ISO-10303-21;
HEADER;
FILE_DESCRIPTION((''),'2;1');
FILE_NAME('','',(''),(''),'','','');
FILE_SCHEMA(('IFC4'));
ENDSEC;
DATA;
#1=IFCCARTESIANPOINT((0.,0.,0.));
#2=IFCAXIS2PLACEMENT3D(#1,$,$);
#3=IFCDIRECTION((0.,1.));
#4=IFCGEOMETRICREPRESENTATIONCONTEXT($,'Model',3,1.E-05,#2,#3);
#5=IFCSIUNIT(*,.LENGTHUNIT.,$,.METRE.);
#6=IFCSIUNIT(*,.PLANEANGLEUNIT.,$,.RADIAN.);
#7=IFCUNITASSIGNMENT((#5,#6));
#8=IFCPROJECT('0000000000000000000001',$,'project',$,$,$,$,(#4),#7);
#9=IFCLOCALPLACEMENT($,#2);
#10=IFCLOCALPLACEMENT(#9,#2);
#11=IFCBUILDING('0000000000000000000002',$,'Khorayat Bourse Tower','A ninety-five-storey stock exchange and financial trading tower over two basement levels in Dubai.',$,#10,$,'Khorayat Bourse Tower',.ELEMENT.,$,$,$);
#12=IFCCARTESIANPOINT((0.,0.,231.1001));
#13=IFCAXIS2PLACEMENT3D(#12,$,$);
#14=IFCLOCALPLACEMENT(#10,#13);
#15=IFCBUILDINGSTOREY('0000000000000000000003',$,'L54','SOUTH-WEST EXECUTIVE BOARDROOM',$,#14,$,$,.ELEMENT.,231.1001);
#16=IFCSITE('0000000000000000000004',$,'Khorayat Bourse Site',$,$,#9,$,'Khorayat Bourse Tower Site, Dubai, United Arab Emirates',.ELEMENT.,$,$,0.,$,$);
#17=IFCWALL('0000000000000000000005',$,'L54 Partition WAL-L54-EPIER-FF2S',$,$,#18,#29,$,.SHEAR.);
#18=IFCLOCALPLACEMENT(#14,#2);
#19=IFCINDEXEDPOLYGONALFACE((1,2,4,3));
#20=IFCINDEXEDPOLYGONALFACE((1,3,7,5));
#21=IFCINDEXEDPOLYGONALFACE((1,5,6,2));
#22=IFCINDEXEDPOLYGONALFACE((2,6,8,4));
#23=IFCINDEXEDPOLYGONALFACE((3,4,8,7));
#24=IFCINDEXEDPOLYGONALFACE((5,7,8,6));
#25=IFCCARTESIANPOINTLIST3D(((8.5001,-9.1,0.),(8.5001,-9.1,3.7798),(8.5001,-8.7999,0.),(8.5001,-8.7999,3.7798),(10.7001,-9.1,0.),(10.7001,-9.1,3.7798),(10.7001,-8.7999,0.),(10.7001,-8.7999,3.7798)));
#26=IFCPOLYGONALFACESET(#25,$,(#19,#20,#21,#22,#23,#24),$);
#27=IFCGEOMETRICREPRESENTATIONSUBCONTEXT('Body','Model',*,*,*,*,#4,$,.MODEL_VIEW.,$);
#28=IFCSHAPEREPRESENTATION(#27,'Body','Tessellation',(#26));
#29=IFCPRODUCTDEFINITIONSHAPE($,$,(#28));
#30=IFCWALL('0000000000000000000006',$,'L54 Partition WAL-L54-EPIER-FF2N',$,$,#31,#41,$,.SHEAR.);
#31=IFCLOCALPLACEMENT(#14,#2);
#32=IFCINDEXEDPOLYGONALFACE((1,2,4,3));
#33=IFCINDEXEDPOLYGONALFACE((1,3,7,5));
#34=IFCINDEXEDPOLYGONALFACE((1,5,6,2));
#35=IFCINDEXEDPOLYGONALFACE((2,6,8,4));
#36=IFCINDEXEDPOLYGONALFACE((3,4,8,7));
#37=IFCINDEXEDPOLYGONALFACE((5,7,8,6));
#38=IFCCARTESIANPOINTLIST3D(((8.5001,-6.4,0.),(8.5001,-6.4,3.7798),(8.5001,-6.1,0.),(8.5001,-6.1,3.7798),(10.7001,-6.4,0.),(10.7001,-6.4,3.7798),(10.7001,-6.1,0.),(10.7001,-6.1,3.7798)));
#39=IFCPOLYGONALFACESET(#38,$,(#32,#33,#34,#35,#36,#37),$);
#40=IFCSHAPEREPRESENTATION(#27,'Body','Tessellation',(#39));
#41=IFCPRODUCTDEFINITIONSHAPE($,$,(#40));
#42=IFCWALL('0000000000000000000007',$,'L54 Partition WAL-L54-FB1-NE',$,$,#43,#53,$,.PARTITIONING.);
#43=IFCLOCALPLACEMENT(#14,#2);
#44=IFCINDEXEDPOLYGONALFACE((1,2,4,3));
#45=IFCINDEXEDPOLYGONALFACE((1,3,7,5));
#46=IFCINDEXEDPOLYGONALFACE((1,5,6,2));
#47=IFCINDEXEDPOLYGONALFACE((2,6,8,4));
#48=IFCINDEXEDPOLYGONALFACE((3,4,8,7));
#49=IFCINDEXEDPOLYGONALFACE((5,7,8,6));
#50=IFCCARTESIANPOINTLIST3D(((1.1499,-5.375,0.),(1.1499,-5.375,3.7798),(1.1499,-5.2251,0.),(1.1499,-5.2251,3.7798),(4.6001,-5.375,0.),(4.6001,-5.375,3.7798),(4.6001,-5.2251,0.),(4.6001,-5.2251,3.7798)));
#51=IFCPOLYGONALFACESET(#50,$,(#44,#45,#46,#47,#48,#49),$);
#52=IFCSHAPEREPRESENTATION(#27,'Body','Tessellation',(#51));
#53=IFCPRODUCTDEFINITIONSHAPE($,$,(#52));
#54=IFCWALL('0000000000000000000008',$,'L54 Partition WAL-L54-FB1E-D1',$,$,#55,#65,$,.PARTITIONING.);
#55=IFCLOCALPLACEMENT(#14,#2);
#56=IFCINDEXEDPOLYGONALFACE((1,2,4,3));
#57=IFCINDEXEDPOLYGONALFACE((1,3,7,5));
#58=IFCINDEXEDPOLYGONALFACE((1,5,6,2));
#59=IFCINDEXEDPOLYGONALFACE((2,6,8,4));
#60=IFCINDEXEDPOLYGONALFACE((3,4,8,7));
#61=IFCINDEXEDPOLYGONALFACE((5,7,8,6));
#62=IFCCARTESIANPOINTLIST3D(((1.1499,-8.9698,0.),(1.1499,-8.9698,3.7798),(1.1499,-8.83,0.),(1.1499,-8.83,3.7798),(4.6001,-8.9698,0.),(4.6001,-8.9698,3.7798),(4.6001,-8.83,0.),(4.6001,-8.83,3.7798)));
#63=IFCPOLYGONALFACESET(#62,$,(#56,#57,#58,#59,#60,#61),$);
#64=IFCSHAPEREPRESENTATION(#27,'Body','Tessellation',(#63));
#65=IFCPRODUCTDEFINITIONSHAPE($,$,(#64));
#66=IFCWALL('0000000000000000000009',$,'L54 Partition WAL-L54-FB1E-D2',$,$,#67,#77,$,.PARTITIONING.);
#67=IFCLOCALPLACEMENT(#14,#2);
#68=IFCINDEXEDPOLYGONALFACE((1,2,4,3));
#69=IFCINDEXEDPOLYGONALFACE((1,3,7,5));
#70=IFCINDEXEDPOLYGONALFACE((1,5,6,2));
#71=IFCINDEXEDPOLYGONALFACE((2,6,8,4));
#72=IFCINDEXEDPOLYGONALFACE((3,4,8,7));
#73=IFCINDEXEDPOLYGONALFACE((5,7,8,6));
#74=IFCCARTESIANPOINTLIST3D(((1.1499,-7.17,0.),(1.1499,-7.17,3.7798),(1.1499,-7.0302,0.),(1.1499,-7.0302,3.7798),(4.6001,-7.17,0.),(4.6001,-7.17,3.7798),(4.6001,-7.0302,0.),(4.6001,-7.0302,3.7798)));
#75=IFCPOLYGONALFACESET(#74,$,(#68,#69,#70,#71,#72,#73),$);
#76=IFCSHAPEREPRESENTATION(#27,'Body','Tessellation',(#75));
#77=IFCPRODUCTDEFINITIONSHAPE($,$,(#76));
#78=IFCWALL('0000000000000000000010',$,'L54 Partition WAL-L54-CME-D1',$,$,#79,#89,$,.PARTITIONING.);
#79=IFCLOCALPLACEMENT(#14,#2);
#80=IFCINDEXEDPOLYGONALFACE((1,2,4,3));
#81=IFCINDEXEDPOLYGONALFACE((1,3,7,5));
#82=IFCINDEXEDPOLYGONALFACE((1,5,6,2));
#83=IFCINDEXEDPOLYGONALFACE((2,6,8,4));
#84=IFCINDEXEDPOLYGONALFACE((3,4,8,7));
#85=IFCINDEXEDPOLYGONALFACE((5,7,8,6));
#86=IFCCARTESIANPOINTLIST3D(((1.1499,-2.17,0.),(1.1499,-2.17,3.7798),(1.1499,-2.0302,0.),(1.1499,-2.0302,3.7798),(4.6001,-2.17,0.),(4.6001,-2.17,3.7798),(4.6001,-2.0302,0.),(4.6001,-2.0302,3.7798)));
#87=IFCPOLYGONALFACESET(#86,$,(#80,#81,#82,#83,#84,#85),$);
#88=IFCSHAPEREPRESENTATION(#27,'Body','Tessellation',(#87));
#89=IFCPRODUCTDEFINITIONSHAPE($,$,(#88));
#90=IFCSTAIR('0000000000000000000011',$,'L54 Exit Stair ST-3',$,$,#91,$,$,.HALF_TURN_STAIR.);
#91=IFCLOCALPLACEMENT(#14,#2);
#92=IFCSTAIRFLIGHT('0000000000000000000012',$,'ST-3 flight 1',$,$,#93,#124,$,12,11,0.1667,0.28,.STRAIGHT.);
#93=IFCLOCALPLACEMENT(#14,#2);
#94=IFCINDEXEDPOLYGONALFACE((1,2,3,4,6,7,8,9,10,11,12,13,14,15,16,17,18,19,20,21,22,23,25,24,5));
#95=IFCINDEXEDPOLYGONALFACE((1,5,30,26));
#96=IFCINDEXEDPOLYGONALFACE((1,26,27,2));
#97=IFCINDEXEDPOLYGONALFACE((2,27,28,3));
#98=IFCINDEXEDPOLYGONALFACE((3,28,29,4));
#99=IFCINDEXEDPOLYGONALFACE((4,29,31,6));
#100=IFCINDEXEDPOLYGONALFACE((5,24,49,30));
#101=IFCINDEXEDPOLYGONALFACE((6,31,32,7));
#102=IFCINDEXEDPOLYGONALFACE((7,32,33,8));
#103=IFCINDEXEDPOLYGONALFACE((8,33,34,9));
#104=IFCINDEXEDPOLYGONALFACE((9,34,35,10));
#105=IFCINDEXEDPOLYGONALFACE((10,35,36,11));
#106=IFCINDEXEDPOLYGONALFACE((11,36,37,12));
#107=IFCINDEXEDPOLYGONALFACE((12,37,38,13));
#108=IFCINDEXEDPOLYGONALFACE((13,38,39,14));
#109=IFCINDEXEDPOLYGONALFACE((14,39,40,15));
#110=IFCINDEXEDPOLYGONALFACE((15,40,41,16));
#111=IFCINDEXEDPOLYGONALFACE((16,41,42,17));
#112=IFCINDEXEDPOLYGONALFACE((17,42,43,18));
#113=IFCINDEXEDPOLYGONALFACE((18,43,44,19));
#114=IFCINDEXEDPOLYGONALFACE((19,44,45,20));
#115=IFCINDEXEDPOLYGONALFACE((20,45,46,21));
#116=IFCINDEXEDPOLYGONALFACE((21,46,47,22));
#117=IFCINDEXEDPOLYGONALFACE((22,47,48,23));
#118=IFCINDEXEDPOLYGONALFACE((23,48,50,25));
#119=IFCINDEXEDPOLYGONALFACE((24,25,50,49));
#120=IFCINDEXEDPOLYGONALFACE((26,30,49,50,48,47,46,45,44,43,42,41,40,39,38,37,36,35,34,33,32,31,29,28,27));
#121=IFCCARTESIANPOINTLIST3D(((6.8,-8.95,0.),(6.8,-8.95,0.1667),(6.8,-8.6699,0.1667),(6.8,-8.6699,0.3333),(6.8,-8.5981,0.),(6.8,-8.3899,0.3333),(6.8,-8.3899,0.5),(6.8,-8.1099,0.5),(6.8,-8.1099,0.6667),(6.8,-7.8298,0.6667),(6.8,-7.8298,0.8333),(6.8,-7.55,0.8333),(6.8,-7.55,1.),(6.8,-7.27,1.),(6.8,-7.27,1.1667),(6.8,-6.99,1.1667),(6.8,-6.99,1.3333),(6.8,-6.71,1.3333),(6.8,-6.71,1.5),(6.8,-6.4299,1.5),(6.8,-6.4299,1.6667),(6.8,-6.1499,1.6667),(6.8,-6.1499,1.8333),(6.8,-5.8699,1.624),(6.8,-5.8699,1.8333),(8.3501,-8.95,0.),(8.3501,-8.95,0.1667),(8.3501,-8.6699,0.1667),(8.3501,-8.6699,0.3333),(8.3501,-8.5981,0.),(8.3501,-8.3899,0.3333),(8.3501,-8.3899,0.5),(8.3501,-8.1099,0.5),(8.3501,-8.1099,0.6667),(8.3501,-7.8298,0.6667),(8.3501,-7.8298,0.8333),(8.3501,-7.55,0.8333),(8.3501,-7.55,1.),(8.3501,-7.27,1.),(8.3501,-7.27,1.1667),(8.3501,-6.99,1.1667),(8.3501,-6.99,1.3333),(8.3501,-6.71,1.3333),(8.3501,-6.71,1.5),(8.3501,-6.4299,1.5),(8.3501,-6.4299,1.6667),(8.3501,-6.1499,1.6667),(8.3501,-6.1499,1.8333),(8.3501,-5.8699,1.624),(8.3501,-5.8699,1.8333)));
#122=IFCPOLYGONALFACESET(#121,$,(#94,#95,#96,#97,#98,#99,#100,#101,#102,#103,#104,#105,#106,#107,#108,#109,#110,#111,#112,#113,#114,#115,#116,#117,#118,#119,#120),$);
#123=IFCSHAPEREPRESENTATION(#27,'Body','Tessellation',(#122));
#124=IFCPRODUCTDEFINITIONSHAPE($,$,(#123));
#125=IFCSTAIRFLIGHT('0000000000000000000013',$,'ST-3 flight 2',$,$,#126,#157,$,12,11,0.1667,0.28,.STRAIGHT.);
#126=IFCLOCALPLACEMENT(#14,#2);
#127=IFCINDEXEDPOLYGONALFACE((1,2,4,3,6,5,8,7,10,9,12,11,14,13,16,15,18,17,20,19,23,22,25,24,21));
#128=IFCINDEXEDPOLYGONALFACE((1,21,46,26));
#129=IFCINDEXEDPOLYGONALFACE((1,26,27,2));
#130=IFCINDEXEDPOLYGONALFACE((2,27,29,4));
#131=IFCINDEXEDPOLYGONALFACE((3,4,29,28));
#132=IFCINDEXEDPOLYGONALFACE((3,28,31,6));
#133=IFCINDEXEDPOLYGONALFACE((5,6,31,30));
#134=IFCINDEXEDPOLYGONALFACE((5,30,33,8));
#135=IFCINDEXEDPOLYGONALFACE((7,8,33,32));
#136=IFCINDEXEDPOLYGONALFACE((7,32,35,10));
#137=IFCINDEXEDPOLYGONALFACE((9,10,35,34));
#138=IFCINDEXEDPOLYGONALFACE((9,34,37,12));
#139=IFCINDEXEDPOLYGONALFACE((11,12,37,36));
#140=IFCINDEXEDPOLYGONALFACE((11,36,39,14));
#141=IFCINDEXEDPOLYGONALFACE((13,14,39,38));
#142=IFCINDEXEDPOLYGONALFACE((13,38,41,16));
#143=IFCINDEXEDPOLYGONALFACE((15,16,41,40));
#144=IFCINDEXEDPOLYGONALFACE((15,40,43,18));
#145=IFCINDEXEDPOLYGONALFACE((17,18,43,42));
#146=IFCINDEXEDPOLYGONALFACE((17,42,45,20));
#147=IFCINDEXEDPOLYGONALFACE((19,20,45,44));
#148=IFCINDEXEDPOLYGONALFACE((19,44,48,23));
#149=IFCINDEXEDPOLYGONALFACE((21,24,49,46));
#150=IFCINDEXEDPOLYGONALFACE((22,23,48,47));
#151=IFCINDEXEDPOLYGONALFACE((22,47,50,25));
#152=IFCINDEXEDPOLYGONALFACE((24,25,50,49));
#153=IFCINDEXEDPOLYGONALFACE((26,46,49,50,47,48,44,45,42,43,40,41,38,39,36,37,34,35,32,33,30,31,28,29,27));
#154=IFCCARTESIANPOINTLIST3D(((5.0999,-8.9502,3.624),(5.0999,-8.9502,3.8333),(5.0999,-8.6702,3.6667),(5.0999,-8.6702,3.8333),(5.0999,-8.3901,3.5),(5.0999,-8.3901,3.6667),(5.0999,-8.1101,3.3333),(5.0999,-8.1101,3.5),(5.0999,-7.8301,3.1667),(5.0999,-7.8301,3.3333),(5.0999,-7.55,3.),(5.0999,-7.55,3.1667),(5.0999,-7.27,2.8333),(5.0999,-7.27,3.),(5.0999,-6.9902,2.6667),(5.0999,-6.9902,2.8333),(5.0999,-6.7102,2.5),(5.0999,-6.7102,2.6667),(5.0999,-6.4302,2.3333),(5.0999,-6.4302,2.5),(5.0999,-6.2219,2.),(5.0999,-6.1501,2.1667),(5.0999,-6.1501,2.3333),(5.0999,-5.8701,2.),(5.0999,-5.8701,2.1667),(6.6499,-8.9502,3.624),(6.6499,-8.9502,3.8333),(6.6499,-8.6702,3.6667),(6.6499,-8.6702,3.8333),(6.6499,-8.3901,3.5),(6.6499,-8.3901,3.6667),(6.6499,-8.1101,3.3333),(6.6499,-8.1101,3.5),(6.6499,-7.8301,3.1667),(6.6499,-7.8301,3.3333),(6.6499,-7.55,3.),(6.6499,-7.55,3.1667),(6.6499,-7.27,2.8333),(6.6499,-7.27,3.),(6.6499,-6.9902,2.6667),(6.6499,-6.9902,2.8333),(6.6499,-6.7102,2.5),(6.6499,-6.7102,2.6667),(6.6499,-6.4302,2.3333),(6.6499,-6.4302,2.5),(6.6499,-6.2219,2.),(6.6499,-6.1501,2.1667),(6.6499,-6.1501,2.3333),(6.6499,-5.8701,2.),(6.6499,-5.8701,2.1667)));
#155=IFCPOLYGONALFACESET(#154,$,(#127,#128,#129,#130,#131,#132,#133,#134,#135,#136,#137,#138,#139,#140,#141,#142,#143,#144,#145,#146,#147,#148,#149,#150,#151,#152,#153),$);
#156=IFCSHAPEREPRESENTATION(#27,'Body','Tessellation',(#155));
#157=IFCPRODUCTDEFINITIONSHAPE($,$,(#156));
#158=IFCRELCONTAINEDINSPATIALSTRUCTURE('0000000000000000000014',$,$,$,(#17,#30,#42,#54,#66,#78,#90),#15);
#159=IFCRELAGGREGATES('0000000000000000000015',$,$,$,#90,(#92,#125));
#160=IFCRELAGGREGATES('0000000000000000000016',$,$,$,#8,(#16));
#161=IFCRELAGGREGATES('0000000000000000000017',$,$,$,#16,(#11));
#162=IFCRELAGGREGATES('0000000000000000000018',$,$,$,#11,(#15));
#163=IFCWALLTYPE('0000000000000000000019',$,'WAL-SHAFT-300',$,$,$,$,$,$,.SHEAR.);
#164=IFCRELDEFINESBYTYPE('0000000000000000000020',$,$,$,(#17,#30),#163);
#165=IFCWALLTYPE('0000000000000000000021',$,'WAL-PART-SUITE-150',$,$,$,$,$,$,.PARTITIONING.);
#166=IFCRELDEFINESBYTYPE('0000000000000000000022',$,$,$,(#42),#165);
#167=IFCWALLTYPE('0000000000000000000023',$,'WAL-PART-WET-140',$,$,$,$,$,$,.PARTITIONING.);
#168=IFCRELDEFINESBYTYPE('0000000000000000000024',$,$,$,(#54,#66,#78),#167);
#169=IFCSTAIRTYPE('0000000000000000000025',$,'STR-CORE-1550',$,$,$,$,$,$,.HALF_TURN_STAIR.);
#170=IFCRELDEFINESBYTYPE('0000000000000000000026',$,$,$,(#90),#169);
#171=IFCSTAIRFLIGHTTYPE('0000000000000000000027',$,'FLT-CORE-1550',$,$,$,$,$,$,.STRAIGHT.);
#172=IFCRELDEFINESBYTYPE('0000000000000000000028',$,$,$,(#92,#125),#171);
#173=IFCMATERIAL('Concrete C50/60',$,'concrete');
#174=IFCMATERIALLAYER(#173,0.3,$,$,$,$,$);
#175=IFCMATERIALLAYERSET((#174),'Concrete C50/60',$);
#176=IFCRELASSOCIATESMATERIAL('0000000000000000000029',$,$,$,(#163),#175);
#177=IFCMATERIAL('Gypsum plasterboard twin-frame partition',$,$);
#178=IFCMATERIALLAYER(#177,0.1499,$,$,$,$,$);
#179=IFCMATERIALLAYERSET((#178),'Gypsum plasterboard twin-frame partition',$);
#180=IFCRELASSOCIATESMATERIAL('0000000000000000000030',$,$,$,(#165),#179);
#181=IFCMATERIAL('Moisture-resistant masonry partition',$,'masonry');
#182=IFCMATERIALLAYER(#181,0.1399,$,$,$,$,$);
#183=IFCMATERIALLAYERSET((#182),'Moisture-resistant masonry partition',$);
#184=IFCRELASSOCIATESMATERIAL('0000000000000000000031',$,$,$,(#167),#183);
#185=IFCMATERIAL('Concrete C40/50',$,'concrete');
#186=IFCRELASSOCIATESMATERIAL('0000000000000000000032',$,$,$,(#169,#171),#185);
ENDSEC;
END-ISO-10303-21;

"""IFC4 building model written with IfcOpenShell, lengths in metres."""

from ifc_helpers import new_model, si_unit, direction, frame, frame_2d, origin, place, context, subcontext, project, spatial, polyline, rectangle, outline, extrude, source, transform, mapped, material, layer, layer_set, type_object, element, aggregate, save


model = new_model("IFC4")

# Units and contexts
model_context = context("Model", 3, precision=1e-05, world=origin(), true_north=direction((0.0, 1.0)))
body_context = subcontext(model_context, "Body", "Model", "MODEL_VIEW")
ifc_project = project(units=[si_unit("LENGTHUNIT", "METRE"), si_unit("PLANEANGLEUNIT", "RADIAN")], contexts=[model_context])

# Site, building, storey
site_placement = place(None, origin())
site = spatial("IfcSite", under=ifc_project, at=site_placement, Name="Khorayat Bourse Site", LongName="Khorayat Bourse Tower Site, Dubai, United Arab Emirates", CompositionType="ELEMENT", RefElevation=0.0)
building_placement = place(site_placement, origin())
building = spatial("IfcBuilding", under=site, at=building_placement, Name="Khorayat Bourse Tower", Description="A ninety-five-storey stock exchange and financial trading tower over two basement levels in Dubai.", LongName="Khorayat Bourse Tower", CompositionType="ELEMENT")
storey_placement = place(building_placement, frame((0.0, 0.0, 231.1001)))
storey = spatial("IfcBuildingStorey", under=building, at=storey_placement, Name="L54", Description="SOUTH-WEST EXECUTIVE BOARDROOM", CompositionType="ELEMENT", Elevation=231.1001)

# Walls
ifc_material_1 = material(Name="Concrete C50/60", Category="concrete")
ifc_layer_1 = layer(ifc_material_1, 0.3)
ifc_layer_set_1 = layer_set([ifc_layer_1], Name="Concrete C50/60")
wall_type_1 = type_object("IfcWallType", Name="WAL-SHAFT-300", PredefinedType="SHEAR", material=ifc_layer_set_1)
shared_shape_1 = source(origin(), body_context, "Body", "SweptSolid", [
    extrude(rectangle(XDim=2.2, YDim=0.3, at=frame_2d((1.1001, 0.0))), origin(), (0.0, 0.0, 1.0), 3.7798),
])
for number, where, z_axis, x_axis, name in (
    (1, (8.5, -8.95, 0.0), (0.0, 0.0, 1.0), (1.0, 0.0, 0.0), "L54 Partition WAL-L54-EPIER-FF2S"),
    (2, (8.5, -6.25, 0.0), (0.0, 0.0, 1.0), (1.0, 0.0, 0.0), "L54 Partition WAL-L54-EPIER-FF2N"),
):
    element("IfcWall", number, at=place(storey_placement, frame(where, z_axis=z_axis, x_axis=x_axis)), inside=storey, type_object=wall_type_1, Name=name, PredefinedType="SHEAR", context=body_context, shape_type="MappedRepresentation", body=[
        mapped(shared_shape_1, transform((0.0, 0.0, 0.0), scale=1.0)),
    ])
ifc_material_2 = material(Name="Gypsum plasterboard twin-frame partition")
ifc_layer_2 = layer(ifc_material_2, 0.1499)
ifc_layer_set_2 = layer_set([ifc_layer_2], Name="Gypsum plasterboard twin-frame partition")
wall_type_2 = type_object("IfcWallType", Name="WAL-PART-SUITE-150", PredefinedType="PARTITIONING", material=ifc_layer_set_2)
shared_shape_2 = source(origin(), body_context, "Body", "SweptSolid", [
    extrude(rectangle(XDim=3.4502, YDim=0.1499, at=frame_2d((1.7251, 0.0))), origin(), (0.0, 0.0, 1.0), 3.7798),
])
wall_1_placement = place(storey_placement, frame((1.1499, -5.3, 0.0), z_axis=(0.0, 0.0, 1.0), x_axis=(1.0, 0.0, 0.0)))
element("IfcWall", 3, at=wall_1_placement, inside=storey, type_object=wall_type_2, Name="L54 Partition WAL-L54-FB1-NE", PredefinedType="PARTITIONING", context=body_context, shape_type="MappedRepresentation", body=[
    mapped(shared_shape_2, transform((0.0, 0.0, 0.0), scale=1.0)),
])
ifc_material_3 = material(Name="Moisture-resistant masonry partition", Category="masonry")
ifc_layer_3 = layer(ifc_material_3, 0.1399)
ifc_layer_set_3 = layer_set([ifc_layer_3], Name="Moisture-resistant masonry partition")
wall_type_3 = type_object("IfcWallType", Name="WAL-PART-WET-140", PredefinedType="PARTITIONING", material=ifc_layer_set_3)
shared_shape_3 = source(origin(), body_context, "Body", "SweptSolid", [
    extrude(rectangle(XDim=3.4502, YDim=0.1399, at=frame_2d((1.7251, 0.0))), origin(), (0.0, 0.0, 1.0), 3.7798),
])
for number, where, z_axis, x_axis, name in (
    (4, (1.1499, -8.8999, 0.0), (0.0, 0.0, 1.0), (1.0, 0.0, 0.0), "L54 Partition WAL-L54-FB1E-D1"),
    (5, (1.1499, -7.1001, 0.0), (0.0, 0.0, 1.0), (1.0, 0.0, 0.0), "L54 Partition WAL-L54-FB1E-D2"),
    (6, (1.1499, -2.1001, 0.0), (0.0, 0.0, 1.0), (1.0, 0.0, 0.0), "L54 Partition WAL-L54-CME-D1"),
):
    element("IfcWall", number, at=place(storey_placement, frame(where, z_axis=z_axis, x_axis=x_axis)), inside=storey, type_object=wall_type_3, Name=name, PredefinedType="PARTITIONING", context=body_context, shape_type="MappedRepresentation", body=[
        mapped(shared_shape_3, transform((0.0, 0.0, 0.0), scale=1.0)),
    ])

# Stair, stair flights
ifc_material_4 = material(Name="Concrete C40/50", Category="concrete")
stair_type = type_object("IfcStairType", Name="STR-CORE-1550", PredefinedType="HALF_TURN_STAIR", material=ifc_material_4)
stair_placement = place(storey_placement, origin())
stair = element("IfcStair", 7, at=stair_placement, inside=storey, type_object=stair_type, Name="L54 Exit Stair ST-3", PredefinedType="HALF_TURN_STAIR")
stair_flight_type = type_object("IfcStairFlightType", Name="FLT-CORE-1550", PredefinedType="STRAIGHT", material=ifc_material_4)
shared_shape_4 = source(origin(), body_context, "Body", "SweptSolid", [
    extrude(outline(polyline([(0.0, 0.0), (0.0, 0.1667), (0.28, 0.1667), (0.28, 0.3333), (0.5601, 0.3333), (0.5601, 0.5), (0.8401, 0.5), (0.8401, 0.6667), (1.1201, 0.6667), (1.1201, 0.8333), (1.3999, 0.8333), (1.3999, 1.0), (1.6799, 1.0), (1.6799, 1.1667), (1.96, 1.1667), (1.96, 1.3333), (2.24, 1.3333), (2.24, 1.5), (2.52, 1.5), (2.52, 1.6667), (2.8, 1.6667), (2.8, 1.8333), (3.0801, 1.8333), (3.0801, 2.0), (3.0801, 1.624), (0.3518, 0.0), (0.0, 0.0)])), frame((0.0, 0.7749, 0.0), z_axis=(0.0, -1.0, 0.0), x_axis=(1.0, 0.0, 0.0)), (0.0, 0.0, 1.0), 1.55),
])
stair_flight_1_placement = place(storey_placement, frame((7.575, -8.95, 0.0), z_axis=(0.0, 0.0, 1.0), x_axis=(0.0, 1.0, 0.0)))
stair_flight_1 = element("IfcStairFlight", 8, at=stair_flight_1_placement, type_object=stair_flight_type, Name="ST-3 flight 1", NumberOfRisers=12, NumberOfTreads=11, PredefinedType="STRAIGHT", RiserHeight=0.1667, TreadLength=0.28, context=body_context, shape_type="MappedRepresentation", body=[
    mapped(shared_shape_4, transform((0.0, 0.0, 0.0), scale=1.0)),
])
stair_flight_2_placement = place(storey_placement, frame((5.875, -5.8701, 2.0), z_axis=(0.0, 0.0, 1.0), x_axis=(0.0, -1.0, 0.0)))
stair_flight_2 = element("IfcStairFlight", 9, at=stair_flight_2_placement, type_object=stair_flight_type, Name="ST-3 flight 2", NumberOfRisers=12, NumberOfTreads=11, PredefinedType="STRAIGHT", RiserHeight=0.1667, TreadLength=0.28, context=body_context, shape_type="MappedRepresentation", body=[
    mapped(shared_shape_4, transform((0.0, 0.0, 0.0), scale=1.0)),
])
aggregate(stair, [stair_flight_1, stair_flight_2])

save(model, "model.ifc")
